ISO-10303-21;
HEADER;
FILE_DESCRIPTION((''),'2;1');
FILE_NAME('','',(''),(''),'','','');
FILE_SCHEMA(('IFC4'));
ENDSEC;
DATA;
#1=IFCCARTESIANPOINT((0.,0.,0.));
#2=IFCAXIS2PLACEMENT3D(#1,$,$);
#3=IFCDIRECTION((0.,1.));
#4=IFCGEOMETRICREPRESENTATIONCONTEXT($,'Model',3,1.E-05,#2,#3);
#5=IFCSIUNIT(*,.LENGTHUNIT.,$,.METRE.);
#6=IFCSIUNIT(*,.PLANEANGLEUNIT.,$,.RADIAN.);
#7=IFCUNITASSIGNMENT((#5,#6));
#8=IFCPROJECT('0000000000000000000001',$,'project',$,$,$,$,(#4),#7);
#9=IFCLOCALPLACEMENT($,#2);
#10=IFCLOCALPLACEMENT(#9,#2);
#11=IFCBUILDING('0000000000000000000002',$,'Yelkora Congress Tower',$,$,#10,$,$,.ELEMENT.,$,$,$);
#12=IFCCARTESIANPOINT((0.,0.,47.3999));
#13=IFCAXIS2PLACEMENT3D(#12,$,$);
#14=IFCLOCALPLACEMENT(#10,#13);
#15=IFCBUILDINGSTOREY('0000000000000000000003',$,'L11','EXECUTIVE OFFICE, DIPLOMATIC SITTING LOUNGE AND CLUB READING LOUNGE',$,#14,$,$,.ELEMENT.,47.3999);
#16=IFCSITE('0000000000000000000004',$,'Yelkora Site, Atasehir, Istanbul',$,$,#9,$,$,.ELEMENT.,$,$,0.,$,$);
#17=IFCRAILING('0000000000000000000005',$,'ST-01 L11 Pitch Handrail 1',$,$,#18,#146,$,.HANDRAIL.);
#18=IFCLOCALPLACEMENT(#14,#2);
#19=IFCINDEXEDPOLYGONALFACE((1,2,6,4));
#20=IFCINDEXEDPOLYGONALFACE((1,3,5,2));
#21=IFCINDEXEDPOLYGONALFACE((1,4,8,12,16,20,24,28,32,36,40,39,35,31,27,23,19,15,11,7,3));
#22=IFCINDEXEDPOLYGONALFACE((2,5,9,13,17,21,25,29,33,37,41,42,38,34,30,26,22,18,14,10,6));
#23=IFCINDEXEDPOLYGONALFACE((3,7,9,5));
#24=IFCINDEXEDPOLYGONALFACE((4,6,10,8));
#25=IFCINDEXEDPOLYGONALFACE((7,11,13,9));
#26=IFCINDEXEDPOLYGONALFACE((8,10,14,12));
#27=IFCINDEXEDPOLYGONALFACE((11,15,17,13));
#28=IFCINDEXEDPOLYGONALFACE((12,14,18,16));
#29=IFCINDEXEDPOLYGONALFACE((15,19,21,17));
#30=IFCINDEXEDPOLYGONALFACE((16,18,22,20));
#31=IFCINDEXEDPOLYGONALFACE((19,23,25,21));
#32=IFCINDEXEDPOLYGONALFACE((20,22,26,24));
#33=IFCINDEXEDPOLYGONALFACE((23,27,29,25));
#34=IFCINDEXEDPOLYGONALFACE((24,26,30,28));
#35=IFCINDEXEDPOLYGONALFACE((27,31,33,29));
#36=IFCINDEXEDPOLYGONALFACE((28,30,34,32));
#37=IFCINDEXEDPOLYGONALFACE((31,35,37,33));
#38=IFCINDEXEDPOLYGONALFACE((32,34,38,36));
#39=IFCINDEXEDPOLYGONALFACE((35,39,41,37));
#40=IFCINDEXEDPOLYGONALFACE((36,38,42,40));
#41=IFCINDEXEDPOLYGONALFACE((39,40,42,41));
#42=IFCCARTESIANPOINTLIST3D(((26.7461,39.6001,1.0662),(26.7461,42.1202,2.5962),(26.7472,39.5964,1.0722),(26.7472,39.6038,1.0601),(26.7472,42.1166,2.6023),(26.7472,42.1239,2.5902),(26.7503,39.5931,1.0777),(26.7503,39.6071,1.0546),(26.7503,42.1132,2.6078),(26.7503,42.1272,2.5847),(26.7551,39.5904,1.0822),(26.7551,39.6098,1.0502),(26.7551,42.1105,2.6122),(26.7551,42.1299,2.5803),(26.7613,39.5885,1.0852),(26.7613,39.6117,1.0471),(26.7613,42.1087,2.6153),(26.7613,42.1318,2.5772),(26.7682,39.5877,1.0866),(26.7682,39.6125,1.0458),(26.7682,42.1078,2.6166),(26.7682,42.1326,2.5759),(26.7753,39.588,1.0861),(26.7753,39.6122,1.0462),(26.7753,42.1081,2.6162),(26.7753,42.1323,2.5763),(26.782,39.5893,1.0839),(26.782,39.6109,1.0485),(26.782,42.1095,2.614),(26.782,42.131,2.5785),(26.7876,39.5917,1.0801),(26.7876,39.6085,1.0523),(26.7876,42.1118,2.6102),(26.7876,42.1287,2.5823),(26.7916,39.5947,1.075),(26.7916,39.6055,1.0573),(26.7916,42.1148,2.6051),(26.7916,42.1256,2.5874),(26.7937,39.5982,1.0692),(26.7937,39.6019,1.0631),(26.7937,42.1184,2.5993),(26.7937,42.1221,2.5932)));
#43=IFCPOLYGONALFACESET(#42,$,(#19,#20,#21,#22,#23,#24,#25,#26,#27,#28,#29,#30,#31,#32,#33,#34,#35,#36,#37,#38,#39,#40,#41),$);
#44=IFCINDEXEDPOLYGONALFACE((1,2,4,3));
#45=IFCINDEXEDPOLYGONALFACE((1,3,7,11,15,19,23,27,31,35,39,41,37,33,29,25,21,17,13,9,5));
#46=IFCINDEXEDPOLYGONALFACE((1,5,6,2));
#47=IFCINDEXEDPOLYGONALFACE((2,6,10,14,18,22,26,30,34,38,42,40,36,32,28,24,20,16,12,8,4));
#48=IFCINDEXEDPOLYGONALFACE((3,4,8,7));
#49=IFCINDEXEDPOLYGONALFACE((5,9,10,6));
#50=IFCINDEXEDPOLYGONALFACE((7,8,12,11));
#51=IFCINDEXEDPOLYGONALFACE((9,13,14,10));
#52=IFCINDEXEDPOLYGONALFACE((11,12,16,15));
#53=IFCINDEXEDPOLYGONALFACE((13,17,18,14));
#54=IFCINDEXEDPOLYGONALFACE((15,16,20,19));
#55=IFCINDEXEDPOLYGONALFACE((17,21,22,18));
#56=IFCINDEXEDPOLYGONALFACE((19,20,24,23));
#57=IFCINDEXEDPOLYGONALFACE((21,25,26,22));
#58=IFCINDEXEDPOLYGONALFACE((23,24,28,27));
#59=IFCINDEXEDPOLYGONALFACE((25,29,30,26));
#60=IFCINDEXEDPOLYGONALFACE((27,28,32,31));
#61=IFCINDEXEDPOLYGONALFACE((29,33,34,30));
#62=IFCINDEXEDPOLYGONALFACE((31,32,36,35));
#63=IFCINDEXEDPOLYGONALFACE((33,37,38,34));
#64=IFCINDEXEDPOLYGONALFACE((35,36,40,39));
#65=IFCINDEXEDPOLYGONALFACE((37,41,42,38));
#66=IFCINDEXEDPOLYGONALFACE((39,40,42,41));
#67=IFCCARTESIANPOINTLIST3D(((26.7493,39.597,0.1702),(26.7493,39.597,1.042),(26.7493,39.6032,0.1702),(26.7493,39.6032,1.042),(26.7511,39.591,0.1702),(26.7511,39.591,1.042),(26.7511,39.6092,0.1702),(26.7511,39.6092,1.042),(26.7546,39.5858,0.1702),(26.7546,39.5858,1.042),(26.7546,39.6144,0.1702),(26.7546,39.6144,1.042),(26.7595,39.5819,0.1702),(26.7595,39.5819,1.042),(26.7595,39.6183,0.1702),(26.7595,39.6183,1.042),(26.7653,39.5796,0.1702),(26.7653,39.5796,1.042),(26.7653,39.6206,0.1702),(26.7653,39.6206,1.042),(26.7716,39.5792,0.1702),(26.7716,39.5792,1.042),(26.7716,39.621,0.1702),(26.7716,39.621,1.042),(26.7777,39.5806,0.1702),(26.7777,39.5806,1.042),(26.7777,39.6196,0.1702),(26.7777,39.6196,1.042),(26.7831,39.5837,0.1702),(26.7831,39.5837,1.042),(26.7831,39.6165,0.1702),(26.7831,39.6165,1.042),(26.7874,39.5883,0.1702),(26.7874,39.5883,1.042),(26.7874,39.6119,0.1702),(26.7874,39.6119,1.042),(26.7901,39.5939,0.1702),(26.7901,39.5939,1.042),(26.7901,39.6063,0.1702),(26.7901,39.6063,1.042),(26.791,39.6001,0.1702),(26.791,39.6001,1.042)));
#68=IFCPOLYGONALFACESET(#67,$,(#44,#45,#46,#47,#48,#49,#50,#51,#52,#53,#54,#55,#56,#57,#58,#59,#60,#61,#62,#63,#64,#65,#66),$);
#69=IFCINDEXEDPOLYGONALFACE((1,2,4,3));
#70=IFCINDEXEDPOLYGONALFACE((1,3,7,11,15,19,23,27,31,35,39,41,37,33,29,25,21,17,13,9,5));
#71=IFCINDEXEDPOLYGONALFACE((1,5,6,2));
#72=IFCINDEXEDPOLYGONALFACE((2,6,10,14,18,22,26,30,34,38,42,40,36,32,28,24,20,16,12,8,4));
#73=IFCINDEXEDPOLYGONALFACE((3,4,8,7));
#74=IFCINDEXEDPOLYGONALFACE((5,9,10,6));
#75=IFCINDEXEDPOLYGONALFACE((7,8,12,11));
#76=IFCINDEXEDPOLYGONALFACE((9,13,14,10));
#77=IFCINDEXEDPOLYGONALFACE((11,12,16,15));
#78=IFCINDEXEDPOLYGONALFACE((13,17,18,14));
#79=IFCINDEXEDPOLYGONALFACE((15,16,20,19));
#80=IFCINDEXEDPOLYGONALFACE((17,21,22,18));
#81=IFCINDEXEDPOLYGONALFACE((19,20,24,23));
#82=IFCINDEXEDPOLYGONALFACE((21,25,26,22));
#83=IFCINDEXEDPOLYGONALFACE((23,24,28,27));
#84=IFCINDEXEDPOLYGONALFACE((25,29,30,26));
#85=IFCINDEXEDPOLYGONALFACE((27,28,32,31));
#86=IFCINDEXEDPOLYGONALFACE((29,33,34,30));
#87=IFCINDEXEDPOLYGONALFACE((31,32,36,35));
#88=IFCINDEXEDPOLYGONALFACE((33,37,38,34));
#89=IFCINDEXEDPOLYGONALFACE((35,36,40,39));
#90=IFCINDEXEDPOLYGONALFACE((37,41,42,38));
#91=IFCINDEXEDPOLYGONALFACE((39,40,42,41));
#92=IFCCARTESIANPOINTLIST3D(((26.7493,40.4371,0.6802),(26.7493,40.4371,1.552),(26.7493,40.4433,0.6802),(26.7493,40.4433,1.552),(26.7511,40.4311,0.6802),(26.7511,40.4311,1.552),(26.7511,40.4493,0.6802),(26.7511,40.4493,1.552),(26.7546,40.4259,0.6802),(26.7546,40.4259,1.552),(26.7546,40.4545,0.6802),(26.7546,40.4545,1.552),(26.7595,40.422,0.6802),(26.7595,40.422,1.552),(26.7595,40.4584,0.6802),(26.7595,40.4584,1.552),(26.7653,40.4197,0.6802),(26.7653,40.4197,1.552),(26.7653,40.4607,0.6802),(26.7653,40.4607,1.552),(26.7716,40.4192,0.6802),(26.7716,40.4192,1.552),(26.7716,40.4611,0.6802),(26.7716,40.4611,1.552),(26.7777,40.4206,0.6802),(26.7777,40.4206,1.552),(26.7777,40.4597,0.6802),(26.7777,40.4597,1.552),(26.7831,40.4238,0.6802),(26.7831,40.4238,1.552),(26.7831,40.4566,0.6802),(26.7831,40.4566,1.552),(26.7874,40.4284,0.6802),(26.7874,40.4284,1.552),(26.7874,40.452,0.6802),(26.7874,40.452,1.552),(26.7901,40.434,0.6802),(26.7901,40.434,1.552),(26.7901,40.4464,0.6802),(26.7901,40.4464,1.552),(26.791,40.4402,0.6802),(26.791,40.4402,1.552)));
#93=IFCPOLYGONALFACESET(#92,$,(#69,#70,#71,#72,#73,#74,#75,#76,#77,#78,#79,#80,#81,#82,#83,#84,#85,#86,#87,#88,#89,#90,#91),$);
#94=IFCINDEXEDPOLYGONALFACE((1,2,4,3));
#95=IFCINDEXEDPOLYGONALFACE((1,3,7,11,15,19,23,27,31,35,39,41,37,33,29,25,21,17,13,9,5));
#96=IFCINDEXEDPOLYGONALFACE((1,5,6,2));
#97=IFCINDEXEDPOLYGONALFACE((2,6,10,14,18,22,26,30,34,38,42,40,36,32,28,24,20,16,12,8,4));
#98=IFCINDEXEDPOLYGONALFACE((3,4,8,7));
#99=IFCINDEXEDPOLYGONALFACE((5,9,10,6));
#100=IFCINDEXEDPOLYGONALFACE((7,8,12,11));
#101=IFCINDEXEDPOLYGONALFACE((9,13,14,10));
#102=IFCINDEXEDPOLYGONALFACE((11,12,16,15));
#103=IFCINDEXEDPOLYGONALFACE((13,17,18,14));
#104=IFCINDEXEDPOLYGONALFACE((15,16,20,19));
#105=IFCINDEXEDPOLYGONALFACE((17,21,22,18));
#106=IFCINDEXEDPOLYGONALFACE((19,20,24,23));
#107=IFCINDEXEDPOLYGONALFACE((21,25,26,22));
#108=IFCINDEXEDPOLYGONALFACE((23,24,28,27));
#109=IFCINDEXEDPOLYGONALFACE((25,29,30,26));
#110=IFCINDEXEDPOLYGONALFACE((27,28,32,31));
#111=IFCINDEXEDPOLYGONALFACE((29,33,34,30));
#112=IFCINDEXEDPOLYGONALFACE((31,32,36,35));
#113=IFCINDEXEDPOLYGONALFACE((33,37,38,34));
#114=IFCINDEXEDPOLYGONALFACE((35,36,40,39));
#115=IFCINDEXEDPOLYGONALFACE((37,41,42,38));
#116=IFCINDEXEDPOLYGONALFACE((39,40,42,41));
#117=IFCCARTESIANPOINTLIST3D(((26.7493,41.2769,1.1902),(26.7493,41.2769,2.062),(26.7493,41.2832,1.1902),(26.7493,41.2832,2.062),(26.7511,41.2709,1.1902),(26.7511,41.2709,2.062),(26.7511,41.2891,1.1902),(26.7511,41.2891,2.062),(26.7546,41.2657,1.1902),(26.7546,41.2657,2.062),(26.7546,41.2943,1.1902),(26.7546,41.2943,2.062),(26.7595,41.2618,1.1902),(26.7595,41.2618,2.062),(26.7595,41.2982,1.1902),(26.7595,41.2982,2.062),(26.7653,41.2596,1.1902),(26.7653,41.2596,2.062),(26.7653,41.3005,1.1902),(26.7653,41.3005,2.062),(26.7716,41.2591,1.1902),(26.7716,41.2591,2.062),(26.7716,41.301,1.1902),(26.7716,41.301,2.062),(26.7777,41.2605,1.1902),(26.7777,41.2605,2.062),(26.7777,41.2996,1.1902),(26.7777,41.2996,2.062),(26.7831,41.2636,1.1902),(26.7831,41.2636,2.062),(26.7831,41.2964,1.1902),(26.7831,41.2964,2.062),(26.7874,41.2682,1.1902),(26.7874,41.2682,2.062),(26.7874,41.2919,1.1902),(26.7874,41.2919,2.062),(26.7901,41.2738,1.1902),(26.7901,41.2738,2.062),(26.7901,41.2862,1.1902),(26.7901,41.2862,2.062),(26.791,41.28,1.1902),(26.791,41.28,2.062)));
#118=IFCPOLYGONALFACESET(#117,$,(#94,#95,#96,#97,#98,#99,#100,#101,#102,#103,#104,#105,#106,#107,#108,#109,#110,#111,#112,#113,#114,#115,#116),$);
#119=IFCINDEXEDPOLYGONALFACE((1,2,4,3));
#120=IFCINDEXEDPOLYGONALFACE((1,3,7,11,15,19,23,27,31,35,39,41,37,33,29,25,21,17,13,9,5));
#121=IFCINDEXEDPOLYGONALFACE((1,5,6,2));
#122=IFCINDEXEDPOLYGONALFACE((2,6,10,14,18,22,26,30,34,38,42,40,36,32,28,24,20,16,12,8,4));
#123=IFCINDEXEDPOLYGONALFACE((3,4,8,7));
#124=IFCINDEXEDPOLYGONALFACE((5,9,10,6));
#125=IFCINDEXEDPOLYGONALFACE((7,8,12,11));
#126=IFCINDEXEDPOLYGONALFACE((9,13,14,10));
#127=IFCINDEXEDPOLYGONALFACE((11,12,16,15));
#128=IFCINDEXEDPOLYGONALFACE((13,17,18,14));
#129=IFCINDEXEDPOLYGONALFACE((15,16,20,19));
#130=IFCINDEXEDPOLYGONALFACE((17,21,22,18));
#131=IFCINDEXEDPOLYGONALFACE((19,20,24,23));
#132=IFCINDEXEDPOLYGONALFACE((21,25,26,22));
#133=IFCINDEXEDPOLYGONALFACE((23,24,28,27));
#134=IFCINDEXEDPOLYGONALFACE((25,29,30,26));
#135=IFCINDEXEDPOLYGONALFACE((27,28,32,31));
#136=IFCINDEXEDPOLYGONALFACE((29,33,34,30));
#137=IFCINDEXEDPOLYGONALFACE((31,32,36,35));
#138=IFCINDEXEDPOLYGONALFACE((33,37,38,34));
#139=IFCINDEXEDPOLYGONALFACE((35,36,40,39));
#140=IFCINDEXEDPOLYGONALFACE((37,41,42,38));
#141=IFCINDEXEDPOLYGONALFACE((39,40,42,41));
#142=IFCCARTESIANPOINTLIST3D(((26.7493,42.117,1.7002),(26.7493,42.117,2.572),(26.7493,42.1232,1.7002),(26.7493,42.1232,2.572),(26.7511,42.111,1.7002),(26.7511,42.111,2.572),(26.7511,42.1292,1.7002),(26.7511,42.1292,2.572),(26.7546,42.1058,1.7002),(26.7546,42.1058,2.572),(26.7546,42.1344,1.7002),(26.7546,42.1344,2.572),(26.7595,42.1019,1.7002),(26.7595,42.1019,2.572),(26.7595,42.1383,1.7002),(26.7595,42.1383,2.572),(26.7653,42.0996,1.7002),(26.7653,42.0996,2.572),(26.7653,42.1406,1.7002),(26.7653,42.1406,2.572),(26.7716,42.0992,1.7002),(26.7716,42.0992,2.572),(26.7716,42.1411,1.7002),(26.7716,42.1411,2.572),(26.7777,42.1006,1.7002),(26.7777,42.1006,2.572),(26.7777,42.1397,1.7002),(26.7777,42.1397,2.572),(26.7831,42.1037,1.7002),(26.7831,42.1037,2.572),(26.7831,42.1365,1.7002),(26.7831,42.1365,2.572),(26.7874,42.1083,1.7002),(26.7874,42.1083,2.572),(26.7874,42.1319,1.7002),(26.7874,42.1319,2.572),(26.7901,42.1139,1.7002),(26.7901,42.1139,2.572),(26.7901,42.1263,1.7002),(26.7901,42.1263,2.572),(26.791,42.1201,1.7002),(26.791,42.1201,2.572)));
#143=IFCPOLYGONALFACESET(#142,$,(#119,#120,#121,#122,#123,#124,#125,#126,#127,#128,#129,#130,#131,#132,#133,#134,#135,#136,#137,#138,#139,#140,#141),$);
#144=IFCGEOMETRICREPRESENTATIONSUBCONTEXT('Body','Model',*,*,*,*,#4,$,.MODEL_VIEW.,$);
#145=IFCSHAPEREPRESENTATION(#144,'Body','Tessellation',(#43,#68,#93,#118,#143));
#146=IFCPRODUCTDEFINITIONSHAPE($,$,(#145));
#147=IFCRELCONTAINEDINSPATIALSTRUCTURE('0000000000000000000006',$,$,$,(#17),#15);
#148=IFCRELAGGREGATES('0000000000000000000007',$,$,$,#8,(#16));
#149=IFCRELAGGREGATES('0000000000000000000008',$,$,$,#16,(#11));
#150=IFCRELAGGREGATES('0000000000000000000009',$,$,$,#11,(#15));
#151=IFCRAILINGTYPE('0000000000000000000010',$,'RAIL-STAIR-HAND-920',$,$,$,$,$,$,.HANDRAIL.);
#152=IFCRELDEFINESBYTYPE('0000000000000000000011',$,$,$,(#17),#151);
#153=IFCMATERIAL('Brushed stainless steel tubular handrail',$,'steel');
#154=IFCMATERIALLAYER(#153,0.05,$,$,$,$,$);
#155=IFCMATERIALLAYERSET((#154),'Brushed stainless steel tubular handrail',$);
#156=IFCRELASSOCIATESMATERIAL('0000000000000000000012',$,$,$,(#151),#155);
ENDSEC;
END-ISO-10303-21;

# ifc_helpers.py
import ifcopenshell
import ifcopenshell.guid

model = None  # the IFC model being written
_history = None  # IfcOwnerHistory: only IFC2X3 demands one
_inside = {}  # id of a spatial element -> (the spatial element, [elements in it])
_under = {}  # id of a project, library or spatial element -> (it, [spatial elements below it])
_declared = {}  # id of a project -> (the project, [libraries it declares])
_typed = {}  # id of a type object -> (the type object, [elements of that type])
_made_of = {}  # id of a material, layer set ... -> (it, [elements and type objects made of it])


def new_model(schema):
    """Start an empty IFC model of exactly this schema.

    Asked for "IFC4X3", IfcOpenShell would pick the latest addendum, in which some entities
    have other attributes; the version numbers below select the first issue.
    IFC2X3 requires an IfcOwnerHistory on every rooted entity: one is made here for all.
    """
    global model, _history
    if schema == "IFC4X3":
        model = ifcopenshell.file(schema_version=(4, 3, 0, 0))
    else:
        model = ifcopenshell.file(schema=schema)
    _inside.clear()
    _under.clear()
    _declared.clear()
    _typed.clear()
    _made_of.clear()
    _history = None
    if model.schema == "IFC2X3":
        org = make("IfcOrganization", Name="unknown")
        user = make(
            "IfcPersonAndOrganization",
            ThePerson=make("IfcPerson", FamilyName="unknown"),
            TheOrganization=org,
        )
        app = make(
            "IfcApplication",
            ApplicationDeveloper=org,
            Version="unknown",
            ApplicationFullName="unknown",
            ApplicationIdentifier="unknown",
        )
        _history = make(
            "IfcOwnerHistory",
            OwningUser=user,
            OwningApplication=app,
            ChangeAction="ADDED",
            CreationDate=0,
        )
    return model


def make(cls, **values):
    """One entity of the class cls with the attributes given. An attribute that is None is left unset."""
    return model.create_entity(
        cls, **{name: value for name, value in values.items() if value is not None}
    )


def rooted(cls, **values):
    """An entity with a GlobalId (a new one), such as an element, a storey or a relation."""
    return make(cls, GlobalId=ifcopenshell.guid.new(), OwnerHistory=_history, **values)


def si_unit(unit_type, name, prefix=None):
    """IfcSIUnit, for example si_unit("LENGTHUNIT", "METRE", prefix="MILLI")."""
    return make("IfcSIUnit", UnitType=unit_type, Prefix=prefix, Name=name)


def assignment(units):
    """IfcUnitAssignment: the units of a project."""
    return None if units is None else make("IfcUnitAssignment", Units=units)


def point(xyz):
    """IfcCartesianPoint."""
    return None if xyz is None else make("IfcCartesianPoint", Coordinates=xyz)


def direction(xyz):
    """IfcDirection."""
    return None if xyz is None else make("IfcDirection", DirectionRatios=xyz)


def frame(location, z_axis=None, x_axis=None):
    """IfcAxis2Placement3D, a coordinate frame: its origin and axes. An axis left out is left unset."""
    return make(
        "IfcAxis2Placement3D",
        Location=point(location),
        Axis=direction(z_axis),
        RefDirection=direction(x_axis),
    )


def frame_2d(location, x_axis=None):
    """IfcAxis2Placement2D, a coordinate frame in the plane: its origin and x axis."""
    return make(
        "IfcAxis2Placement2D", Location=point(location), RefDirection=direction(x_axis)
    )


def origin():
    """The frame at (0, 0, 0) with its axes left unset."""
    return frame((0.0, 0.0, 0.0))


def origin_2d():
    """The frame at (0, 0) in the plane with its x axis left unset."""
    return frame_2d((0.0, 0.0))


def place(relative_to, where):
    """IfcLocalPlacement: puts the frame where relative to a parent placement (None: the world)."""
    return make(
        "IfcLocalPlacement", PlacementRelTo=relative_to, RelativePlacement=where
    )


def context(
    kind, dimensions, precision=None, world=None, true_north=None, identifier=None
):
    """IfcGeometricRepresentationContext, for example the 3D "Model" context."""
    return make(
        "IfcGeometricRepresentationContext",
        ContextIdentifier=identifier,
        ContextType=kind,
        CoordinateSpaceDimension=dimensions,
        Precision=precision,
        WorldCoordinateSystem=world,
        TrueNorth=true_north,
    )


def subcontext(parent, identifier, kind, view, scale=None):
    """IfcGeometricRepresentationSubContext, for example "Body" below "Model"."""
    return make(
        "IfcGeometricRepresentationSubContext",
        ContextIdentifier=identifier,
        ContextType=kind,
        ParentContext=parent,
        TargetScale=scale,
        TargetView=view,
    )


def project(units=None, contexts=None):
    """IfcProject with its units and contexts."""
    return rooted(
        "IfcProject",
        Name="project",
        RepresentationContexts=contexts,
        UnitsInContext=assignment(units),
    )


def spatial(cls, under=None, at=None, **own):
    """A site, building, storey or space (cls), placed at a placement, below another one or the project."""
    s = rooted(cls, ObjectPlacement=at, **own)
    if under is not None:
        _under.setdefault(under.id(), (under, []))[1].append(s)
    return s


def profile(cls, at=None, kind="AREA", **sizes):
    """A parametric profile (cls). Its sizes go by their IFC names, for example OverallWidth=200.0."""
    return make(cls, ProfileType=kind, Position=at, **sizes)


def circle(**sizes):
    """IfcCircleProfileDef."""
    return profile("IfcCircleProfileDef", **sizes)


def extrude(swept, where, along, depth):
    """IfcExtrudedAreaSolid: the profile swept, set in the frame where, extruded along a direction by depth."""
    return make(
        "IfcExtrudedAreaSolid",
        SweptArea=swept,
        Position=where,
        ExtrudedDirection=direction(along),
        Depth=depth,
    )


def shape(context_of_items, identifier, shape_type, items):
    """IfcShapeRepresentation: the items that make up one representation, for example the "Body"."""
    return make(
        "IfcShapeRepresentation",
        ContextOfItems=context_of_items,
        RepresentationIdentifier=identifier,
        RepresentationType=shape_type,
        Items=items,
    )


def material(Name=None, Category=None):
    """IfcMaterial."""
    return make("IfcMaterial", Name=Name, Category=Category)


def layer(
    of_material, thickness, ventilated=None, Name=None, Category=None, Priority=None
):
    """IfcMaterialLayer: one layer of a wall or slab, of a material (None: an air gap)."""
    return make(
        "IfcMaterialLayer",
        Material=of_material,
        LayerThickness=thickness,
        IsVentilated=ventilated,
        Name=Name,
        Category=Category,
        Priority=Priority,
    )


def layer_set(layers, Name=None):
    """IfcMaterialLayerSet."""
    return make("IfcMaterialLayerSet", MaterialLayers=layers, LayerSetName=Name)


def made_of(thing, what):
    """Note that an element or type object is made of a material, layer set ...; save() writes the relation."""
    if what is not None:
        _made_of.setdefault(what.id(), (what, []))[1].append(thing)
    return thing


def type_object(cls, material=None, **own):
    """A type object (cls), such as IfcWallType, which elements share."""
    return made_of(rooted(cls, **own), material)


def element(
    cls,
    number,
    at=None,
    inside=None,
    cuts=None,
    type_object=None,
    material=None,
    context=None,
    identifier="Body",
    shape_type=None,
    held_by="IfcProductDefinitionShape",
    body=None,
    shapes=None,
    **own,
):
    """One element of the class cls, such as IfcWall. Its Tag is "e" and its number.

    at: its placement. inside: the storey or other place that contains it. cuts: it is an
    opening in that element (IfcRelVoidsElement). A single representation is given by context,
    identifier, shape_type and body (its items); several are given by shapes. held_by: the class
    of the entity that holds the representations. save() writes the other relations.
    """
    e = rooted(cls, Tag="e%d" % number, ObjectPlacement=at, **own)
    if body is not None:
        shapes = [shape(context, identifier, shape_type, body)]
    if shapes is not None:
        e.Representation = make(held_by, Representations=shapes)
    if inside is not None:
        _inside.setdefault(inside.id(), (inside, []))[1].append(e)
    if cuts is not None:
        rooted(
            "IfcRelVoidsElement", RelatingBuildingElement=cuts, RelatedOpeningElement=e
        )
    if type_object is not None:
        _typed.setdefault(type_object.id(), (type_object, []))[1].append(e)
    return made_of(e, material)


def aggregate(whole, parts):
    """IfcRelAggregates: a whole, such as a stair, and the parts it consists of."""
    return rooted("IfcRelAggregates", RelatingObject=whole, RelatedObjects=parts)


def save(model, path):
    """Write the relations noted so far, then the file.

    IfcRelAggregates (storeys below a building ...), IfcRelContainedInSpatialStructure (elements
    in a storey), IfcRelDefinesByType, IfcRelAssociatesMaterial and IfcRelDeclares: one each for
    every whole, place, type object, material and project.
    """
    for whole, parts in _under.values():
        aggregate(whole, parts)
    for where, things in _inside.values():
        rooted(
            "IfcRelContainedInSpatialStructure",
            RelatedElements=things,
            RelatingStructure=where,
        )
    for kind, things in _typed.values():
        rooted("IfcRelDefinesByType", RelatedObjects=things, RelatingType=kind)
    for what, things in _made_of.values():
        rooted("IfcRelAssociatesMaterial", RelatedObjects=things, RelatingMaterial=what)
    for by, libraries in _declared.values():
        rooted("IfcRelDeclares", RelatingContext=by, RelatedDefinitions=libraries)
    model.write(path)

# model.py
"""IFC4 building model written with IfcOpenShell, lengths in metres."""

from ifc_helpers import new_model, si_unit, direction, frame, origin, origin_2d, place, context, subcontext, project, spatial, circle, extrude, material, layer, layer_set, type_object, element, save


model = new_model("IFC4")

# Units and contexts
model_context = context("Model", 3, precision=1e-05, world=origin(), true_north=direction((0.0, 1.0)))
body_context = subcontext(model_context, "Body", "Model", "MODEL_VIEW")
ifc_project = project(units=[si_unit("LENGTHUNIT", "METRE"), si_unit("PLANEANGLEUNIT", "RADIAN")], contexts=[model_context])

# Site, building, storey
site_placement = place(None, origin())
site = spatial("IfcSite", under=ifc_project, at=site_placement, Name="Yelkora Site, Atasehir, Istanbul", CompositionType="ELEMENT", RefElevation=0.0)
building_placement = place(site_placement, origin())
building = spatial("IfcBuilding", under=site, at=building_placement, Name="Yelkora Congress Tower", CompositionType="ELEMENT")
storey_placement = place(building_placement, frame((0.0, 0.0, 47.3999)))
storey = spatial("IfcBuildingStorey", under=building, at=storey_placement, Name="L11", Description="EXECUTIVE OFFICE, DIPLOMATIC SITTING LOUNGE AND CLUB READING LOUNGE", CompositionType="ELEMENT", Elevation=47.3999)

# Railing
ifc_material_1 = material(Name="Brushed stainless steel tubular handrail", Category="steel")
ifc_layer_1 = layer(ifc_material_1, 0.05)
ifc_layer_set_1 = layer_set([ifc_layer_1], Name="Brushed stainless steel tubular handrail")
railing_type_1 = type_object("IfcRailingType", Name="RAIL-STAIR-HAND-920", PredefinedType="HANDRAIL", material=ifc_layer_set_1)
railing_1_placement = place(storey_placement, frame((26.77, 39.6001, 0.1702)))
element("IfcRailing", 1, at=railing_1_placement, inside=storey, type_object=railing_type_1, Name="ST-01 L11 Pitch Handrail 1", PredefinedType="HANDRAIL", context=body_context, shape_type="SweptSolid", body=[
    extrude(circle(Radius=0.0239, at=origin_2d()), frame((0.0, 0.0, 0.896), z_axis=(0.0, 0.854785, 0.518982), x_axis=(-1.0, 0.0, 0.0)), (0.0, 0.0, 1.0), 2.9482),
    extrude(circle(Radius=0.021, at=origin_2d()), origin(), (0.0, 0.0, 1.0), 0.8718),
    extrude(circle(Radius=0.021, at=origin_2d()), frame((0.0, 0.8401, 0.51)), (0.0, 0.0, 1.0), 0.8718),
    extrude(circle(Radius=0.021, at=origin_2d()), frame((0.0, 1.6799, 1.02)), (0.0, 0.0, 1.0), 0.8718),
    extrude(circle(Radius=0.021, at=origin_2d()), frame((0.0, 2.52, 1.53)), (0.0, 0.0, 1.0), 0.8718),
])

save(model, "model.ifc")
